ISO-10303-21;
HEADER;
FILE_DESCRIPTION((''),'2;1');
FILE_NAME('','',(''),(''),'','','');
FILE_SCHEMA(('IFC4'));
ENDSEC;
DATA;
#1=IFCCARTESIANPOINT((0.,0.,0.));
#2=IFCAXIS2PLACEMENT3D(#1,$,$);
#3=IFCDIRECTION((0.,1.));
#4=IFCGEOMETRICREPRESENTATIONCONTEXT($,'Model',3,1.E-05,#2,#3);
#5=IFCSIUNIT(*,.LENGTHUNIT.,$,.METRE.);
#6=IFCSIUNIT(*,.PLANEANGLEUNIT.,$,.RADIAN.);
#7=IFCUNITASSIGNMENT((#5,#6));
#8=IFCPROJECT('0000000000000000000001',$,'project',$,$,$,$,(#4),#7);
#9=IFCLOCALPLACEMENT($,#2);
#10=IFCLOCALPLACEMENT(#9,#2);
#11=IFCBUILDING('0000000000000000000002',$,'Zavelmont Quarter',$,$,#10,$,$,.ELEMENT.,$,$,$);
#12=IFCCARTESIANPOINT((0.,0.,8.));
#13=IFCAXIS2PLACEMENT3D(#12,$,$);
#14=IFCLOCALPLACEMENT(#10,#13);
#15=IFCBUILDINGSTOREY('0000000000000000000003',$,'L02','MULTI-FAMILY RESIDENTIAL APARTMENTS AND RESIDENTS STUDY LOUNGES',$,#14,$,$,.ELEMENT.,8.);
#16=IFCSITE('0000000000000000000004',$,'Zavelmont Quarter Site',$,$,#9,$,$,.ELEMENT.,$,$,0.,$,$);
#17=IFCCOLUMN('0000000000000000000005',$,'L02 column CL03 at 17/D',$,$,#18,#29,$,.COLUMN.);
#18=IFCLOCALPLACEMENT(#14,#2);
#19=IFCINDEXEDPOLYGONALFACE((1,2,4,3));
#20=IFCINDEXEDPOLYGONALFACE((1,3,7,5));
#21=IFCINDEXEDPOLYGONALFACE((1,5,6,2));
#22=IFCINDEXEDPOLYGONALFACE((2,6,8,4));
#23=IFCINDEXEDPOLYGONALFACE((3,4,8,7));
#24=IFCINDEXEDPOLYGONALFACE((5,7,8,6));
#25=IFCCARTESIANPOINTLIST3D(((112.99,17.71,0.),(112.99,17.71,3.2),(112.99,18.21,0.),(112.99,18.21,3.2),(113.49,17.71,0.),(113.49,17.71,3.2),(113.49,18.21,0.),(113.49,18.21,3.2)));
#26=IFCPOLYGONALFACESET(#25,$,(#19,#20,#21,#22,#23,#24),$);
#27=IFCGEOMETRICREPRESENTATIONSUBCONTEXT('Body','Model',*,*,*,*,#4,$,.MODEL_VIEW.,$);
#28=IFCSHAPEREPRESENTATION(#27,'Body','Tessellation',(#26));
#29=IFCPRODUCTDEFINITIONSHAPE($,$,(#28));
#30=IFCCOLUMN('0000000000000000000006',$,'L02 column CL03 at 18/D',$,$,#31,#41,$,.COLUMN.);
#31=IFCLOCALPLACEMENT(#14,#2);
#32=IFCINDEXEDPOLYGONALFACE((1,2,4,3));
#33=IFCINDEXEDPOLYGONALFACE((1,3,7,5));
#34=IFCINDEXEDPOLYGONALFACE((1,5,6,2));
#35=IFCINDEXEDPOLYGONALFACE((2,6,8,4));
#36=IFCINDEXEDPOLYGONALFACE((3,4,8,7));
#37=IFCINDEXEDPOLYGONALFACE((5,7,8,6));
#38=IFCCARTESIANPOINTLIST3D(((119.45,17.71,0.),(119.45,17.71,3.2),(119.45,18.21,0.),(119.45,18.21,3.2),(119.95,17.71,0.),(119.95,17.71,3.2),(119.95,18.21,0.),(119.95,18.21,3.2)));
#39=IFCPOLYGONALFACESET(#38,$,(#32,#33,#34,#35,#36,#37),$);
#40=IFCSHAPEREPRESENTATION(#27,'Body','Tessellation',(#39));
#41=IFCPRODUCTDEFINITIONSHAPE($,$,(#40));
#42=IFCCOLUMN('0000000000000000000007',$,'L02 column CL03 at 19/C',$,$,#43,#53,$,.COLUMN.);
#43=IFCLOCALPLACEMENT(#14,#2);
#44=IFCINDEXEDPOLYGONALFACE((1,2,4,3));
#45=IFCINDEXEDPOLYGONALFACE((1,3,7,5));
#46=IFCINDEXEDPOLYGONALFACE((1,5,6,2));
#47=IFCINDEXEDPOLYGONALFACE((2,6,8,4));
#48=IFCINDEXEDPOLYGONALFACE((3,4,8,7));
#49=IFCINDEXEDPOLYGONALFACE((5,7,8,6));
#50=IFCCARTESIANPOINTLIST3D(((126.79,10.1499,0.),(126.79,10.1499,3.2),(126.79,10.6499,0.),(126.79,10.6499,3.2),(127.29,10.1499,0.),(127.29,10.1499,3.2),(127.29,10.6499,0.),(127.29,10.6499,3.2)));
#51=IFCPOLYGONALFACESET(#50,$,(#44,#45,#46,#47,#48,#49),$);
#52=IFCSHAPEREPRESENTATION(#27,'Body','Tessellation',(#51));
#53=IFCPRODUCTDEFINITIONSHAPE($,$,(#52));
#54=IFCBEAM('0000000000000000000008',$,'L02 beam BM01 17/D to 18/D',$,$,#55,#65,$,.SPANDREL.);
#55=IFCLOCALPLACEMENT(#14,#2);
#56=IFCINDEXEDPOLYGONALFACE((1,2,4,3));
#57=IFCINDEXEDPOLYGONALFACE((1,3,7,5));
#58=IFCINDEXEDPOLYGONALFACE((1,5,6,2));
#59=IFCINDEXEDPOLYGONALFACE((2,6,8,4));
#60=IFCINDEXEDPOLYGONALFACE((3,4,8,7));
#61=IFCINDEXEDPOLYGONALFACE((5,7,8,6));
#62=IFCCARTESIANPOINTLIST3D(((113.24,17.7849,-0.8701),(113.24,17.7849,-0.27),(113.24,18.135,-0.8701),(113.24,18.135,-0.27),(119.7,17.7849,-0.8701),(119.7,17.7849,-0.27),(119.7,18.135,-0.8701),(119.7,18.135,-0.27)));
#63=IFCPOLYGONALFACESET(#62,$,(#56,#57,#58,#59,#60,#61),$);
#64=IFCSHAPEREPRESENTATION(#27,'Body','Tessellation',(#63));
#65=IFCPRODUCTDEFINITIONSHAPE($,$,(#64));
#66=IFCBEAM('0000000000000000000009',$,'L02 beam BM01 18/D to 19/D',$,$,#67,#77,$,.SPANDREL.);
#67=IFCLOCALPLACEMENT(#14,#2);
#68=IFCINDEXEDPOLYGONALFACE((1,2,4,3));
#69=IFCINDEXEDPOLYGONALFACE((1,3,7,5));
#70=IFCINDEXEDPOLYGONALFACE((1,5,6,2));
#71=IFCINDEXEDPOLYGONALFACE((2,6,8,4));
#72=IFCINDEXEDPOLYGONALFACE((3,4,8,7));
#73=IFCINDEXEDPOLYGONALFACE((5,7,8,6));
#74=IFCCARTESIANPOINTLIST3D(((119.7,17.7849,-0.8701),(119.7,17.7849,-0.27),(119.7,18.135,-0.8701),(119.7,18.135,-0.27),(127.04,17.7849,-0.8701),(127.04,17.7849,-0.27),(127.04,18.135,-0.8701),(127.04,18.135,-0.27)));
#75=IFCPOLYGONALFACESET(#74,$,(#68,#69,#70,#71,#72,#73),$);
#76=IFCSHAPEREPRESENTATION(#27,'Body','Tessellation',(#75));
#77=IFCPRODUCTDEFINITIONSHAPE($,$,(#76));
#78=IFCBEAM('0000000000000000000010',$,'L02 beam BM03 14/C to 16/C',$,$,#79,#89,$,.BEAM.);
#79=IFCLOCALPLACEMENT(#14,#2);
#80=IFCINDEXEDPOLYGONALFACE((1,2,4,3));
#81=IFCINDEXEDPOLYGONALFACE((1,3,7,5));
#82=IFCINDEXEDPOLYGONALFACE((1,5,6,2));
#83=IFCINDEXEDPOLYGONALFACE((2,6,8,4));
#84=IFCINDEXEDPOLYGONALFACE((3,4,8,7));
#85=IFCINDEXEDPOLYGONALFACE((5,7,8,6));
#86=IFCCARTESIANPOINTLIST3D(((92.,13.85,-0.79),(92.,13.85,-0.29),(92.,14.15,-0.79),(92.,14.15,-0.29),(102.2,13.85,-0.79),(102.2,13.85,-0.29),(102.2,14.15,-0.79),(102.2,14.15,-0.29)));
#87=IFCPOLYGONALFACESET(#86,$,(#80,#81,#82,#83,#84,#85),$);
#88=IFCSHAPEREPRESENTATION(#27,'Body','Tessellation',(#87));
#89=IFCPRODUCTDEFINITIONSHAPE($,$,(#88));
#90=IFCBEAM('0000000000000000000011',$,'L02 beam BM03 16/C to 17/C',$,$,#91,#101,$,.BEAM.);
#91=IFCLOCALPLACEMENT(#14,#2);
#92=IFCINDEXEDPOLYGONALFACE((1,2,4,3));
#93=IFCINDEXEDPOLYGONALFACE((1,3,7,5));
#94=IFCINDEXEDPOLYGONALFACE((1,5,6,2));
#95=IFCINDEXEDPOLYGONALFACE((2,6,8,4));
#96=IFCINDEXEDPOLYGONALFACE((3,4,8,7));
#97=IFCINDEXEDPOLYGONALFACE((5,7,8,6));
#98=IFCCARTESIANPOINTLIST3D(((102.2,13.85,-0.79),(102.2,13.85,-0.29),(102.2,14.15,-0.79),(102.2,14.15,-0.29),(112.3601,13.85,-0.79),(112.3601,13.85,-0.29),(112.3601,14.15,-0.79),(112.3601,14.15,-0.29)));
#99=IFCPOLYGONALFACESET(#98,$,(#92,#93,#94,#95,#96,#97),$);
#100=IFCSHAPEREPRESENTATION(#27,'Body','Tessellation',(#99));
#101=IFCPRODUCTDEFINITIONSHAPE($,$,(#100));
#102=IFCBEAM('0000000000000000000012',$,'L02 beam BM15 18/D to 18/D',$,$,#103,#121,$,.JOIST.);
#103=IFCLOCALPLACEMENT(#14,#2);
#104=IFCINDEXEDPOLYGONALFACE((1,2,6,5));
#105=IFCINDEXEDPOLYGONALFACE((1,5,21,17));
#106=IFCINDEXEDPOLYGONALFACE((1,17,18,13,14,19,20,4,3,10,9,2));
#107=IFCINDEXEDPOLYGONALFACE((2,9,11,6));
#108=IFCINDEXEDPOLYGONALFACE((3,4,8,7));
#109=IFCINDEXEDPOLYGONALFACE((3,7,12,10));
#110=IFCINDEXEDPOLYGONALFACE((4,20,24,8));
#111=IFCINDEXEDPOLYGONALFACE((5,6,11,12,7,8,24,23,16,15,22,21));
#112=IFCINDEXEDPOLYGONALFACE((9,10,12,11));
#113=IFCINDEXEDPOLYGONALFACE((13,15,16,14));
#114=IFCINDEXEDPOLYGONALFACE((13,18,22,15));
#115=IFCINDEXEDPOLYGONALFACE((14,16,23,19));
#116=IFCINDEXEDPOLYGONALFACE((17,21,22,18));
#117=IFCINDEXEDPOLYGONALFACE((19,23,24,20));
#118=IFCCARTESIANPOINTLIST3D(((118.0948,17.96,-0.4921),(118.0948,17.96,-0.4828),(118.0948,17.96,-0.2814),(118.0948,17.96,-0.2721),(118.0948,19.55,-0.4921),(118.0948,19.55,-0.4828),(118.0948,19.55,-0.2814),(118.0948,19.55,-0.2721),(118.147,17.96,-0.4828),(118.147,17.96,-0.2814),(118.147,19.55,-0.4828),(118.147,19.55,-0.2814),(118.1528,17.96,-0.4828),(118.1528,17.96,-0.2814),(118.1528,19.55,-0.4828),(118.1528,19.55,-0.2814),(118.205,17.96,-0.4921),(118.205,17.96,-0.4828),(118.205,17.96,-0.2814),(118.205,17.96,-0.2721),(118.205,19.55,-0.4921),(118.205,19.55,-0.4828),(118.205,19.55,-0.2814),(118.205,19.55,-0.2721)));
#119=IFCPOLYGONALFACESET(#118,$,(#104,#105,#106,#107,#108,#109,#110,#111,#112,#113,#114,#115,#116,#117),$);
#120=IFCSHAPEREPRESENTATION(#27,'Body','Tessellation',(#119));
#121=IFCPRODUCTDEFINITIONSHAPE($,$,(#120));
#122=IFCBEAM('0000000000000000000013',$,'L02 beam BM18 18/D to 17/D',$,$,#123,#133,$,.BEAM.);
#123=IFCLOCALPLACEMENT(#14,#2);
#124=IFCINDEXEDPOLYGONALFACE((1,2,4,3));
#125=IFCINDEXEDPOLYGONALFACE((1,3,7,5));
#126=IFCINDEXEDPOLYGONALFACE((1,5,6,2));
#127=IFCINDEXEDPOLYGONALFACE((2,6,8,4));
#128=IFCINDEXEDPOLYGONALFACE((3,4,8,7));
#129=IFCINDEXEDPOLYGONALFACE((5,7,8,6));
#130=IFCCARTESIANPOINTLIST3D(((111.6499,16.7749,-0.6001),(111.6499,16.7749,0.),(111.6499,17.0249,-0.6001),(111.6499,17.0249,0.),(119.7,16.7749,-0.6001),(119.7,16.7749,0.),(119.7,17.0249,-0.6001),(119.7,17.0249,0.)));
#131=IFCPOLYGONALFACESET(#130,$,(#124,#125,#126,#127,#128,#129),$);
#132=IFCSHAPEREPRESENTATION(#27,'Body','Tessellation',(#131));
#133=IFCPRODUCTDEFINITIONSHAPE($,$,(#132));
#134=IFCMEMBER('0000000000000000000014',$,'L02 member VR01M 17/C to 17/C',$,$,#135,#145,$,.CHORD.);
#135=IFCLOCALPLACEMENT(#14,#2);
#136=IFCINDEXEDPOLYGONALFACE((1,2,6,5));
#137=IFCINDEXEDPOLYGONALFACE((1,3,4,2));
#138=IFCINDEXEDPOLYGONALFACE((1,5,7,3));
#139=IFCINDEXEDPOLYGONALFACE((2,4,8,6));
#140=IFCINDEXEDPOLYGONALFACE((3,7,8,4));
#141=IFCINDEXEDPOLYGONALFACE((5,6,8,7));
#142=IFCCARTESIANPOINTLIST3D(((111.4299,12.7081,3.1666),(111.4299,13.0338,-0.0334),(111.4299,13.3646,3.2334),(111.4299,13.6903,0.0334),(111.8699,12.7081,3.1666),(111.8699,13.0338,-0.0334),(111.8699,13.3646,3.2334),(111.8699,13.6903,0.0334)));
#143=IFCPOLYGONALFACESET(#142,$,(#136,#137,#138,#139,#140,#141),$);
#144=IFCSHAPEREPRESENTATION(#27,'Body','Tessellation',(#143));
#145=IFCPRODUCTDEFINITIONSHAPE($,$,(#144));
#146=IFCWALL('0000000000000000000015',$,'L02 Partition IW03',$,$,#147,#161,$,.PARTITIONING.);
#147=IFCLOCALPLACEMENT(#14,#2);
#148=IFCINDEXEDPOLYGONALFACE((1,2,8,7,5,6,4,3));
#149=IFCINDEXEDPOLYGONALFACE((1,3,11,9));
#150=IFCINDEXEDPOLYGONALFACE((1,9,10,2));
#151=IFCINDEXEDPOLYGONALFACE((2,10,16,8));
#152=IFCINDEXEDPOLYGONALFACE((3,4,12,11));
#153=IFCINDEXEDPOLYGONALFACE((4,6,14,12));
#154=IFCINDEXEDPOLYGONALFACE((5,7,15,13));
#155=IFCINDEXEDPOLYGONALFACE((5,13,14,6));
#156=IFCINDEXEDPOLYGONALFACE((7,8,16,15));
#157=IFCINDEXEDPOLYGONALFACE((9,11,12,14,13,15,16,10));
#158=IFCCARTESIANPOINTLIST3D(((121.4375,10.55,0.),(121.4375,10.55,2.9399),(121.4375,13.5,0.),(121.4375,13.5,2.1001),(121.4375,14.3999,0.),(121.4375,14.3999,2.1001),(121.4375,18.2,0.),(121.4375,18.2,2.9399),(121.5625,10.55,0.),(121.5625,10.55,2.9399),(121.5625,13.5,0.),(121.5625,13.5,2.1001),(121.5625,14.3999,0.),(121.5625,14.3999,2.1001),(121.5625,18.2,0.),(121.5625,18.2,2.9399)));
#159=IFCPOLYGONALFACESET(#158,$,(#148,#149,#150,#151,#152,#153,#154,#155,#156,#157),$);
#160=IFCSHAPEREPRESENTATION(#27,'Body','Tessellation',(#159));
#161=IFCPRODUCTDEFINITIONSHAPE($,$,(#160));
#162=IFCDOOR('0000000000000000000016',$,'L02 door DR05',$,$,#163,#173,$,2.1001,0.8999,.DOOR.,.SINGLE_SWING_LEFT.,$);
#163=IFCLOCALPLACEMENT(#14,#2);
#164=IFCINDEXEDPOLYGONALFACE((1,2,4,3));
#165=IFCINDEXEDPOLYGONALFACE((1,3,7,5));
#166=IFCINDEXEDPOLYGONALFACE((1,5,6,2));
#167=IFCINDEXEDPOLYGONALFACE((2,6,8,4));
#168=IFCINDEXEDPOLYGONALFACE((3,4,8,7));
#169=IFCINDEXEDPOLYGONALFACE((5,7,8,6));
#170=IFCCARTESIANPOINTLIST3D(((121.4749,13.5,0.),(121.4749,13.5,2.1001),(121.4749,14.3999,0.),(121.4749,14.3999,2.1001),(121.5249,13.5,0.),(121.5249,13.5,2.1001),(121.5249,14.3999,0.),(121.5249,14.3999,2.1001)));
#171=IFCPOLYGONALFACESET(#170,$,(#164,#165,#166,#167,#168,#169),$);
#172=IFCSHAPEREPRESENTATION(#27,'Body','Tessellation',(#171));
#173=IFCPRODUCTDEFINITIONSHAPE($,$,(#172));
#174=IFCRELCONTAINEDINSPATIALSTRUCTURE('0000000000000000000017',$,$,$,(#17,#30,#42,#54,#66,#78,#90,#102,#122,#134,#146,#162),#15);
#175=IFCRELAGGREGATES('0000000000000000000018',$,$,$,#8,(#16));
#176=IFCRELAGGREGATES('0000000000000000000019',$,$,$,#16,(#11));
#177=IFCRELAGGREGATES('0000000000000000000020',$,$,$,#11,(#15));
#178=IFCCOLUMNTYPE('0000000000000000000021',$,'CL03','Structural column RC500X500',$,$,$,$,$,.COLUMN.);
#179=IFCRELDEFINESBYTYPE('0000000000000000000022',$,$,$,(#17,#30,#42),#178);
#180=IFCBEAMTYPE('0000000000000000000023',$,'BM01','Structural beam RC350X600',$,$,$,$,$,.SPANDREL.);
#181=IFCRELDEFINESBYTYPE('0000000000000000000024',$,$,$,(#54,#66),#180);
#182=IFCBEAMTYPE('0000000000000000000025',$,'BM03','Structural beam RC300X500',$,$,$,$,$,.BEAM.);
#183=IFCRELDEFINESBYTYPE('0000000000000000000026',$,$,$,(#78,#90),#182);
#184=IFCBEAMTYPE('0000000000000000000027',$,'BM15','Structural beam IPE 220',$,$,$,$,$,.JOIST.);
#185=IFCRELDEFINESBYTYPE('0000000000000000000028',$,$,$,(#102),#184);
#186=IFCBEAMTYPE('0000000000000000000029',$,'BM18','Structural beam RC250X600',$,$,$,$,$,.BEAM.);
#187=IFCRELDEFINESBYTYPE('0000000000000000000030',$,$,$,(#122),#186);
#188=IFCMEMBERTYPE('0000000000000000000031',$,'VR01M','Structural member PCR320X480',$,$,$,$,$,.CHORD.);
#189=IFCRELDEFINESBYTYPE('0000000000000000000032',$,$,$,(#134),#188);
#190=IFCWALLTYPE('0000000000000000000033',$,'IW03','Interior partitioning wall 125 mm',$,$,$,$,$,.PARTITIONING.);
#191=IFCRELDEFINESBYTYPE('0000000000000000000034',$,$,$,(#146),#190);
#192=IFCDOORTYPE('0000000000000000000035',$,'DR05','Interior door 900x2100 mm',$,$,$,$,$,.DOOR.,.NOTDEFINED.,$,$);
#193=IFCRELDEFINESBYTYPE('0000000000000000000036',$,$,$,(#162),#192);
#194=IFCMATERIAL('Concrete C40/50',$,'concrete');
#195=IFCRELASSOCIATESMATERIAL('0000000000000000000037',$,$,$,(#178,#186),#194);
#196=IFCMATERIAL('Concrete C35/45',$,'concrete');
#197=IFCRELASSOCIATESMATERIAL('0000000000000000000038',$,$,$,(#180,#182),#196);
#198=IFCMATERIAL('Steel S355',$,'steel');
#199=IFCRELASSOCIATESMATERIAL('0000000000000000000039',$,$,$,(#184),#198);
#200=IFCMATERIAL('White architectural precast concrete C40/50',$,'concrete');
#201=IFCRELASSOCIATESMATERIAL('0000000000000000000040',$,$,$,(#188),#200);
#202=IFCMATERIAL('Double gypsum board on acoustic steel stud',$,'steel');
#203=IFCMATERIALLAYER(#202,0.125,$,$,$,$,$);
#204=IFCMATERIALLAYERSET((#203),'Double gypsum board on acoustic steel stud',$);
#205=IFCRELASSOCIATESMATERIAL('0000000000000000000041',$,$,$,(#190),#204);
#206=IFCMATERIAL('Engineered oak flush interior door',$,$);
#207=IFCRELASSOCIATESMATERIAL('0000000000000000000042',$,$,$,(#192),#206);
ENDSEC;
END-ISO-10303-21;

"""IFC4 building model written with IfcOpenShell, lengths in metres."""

from ifc_helpers import new_model, si_unit, direction, frame, frame_2d, origin, origin_2d, place, context, subcontext, project, spatial, rectangle, i_section, extrude, material, layer, layer_set, material_profile, profile_set, type_object, element, fill, save


model = new_model("IFC4")

# Units and contexts
model_context = context("Model", 3, precision=1e-05, world=origin(), true_north=direction((0.0, 1.0)))
body_context = subcontext(model_context, "Body", "Model", "MODEL_VIEW")
ifc_project = project(units=[si_unit("LENGTHUNIT", "METRE"), si_unit("PLANEANGLEUNIT", "RADIAN")], contexts=[model_context])

# Site, building, storey
site_placement = place(None, origin())
site = spatial("IfcSite", under=ifc_project, at=site_placement, Name="Zavelmont Quarter Site", CompositionType="ELEMENT", RefElevation=0.0)
building_placement = place(site_placement, origin())
building = spatial("IfcBuilding", under=site, at=building_placement, Name="Zavelmont Quarter", CompositionType="ELEMENT")
storey_placement = place(building_placement, frame((0.0, 0.0, 8.0)))
storey = spatial("IfcBuildingStorey", under=building, at=storey_placement, Name="L02", Description="MULTI-FAMILY RESIDENTIAL APARTMENTS AND RESIDENTS STUDY LOUNGES", CompositionType="ELEMENT", Elevation=8.0)

# Columns
ifc_material_1 = material(Name="Concrete C40/50", Category="concrete")
ifc_material_profile_1 = material_profile(ifc_material_1, rectangle(XDim=0.5, YDim=0.5, at=origin_2d()), Name="RC500X500")
ifc_profile_set_1 = profile_set([ifc_material_profile_1], Name="Concrete C40/50")
column_type = type_object("IfcColumnType", Name="CL03", Description="Structural column RC500X500", PredefinedType="COLUMN", material=ifc_profile_set_1)
for number, where, z_axis, x_axis, name in (
    (1, (113.24, 17.96, 0.0), (0.0, 0.0, 1.0), (1.0, 0.0, 0.0), "L02 column CL03 at 17/D"),
    (2, (119.7, 17.96, 0.0), (0.0, 0.0, 1.0), (1.0, 0.0, 0.0), "L02 column CL03 at 18/D"),
    (3, (127.04, 10.3999, 0.0), (0.0, 0.0, 1.0), (1.0, 0.0, 0.0), "L02 column CL03 at 19/C"),
):
    element("IfcColumn", number, at=place(storey_placement, frame(where, z_axis=z_axis, x_axis=x_axis)), inside=storey, type_object=column_type, Name=name, PredefinedType="COLUMN", context=body_context, shape_type="SweptSolid", body=[
        extrude(rectangle(XDim=0.5, YDim=0.5, at=origin_2d()), origin(), (0.0, 0.0, 1.0), 3.2),
    ])

# Beams
ifc_material_2 = material(Name="Concrete C35/45", Category="concrete")
ifc_material_profile_2 = material_profile(ifc_material_2, rectangle(XDim=0.3501, YDim=0.6001, at=origin_2d()), Name="RC350X600")
ifc_profile_set_2 = profile_set([ifc_material_profile_2], Name="Concrete C35/45")
beam_type_1 = type_object("IfcBeamType", Name="BM01", Description="Structural beam RC350X600", PredefinedType="SPANDREL", material=ifc_profile_set_2)
beam_1_placement = place(storey_placement, frame((113.24, 17.96, -0.5701), z_axis=(1.0, 0.0, 0.0), x_axis=(0.0, 1.0, 0.0)))
element("IfcBeam", 4, at=beam_1_placement, inside=storey, type_object=beam_type_1, Name="L02 beam BM01 17/D to 18/D", PredefinedType="SPANDREL", context=body_context, shape_type="SweptSolid", body=[
    extrude(rectangle(XDim=0.3501, YDim=0.6001, at=origin_2d()), origin(), (0.0, 0.0, 1.0), 6.46),
])
beam_2_placement = place(storey_placement, frame((119.7, 17.96, -0.5701), z_axis=(1.0, 0.0, 0.0), x_axis=(0.0, 1.0, 0.0)))
element("IfcBeam", 5, at=beam_2_placement, inside=storey, type_object=beam_type_1, Name="L02 beam BM01 18/D to 19/D", PredefinedType="SPANDREL", context=body_context, shape_type="SweptSolid", body=[
    extrude(rectangle(XDim=0.3501, YDim=0.6001, at=origin_2d()), origin(), (0.0, 0.0, 1.0), 7.3401),
])
ifc_material_profile_3 = material_profile(ifc_material_2, rectangle(XDim=0.3, YDim=0.5, at=origin_2d()), Name="RC300X500")
ifc_profile_set_3 = profile_set([ifc_material_profile_3], Name="Concrete C35/45")
beam_type_2 = type_object("IfcBeamType", Name="BM03", Description="Structural beam RC300X500", PredefinedType="BEAM", material=ifc_profile_set_3)
beam_3_placement = place(storey_placement, frame((92.0, 14.0, -0.54), z_axis=(1.0, 0.0, 0.0), x_axis=(0.0, 1.0, 0.0)))
element("IfcBeam", 6, at=beam_3_placement, inside=storey, type_object=beam_type_2, Name="L02 beam BM03 14/C to 16/C", PredefinedType="BEAM", context=body_context, shape_type="SweptSolid", body=[
    extrude(rectangle(XDim=0.3, YDim=0.5, at=origin_2d()), origin(), (0.0, 0.0, 1.0), 10.2),
])
beam_4_placement = place(storey_placement, frame((102.2, 14.0, -0.54), z_axis=(1.0, 0.0, 0.0), x_axis=(0.0, 1.0, 0.0)))
element("IfcBeam", 7, at=beam_4_placement, inside=storey, type_object=beam_type_2, Name="L02 beam BM03 16/C to 17/C", PredefinedType="BEAM", context=body_context, shape_type="SweptSolid", body=[
    extrude(rectangle(XDim=0.3, YDim=0.5, at=origin_2d()), origin(), (0.0, 0.0, 1.0), 10.1602),
])
ifc_material_3 = material(Name="Steel S355", Category="steel")
ifc_material_profile_4 = material_profile(ifc_material_3, i_section(OverallWidth=0.1101, OverallDepth=0.22, WebThickness=0.0059, FlangeThickness=0.0093, at=origin_2d()), Name="IPE 220")
ifc_profile_set_4 = profile_set([ifc_material_profile_4], Name="Steel S355")
beam_type_3 = type_object("IfcBeamType", Name="BM15", Description="Structural beam IPE 220", PredefinedType="JOIST", material=ifc_profile_set_4)
beam_5_placement = place(storey_placement, frame((118.1499, 17.96, -0.3821), z_axis=(0.0, 1.0, 0.0), x_axis=(-1.0, 0.0, 0.0)))
element("IfcBeam", 8, at=beam_5_placement, inside=storey, type_object=beam_type_3, Name="L02 beam BM15 18/D to 18/D", PredefinedType="JOIST", context=body_context, shape_type="SweptSolid", body=[
    extrude(i_section(OverallWidth=0.1101, OverallDepth=0.22, WebThickness=0.0059, FlangeThickness=0.0093, at=origin_2d()), origin(), (0.0, 0.0, 1.0), 1.5901),
])
ifc_material_profile_5 = material_profile(ifc_material_1, rectangle(XDim=0.25, YDim=0.6001, at=origin_2d()), Name="RC250X600")
ifc_profile_set_5 = profile_set([ifc_material_profile_5], Name="Concrete C40/50")
beam_type_4 = type_object("IfcBeamType", Name="BM18", Description="Structural beam RC250X600", PredefinedType="BEAM", material=ifc_profile_set_5)
beam_6_placement = place(storey_placement, frame((119.7, 16.8999, -0.3), z_axis=(-1.0, 0.0, 0.0), x_axis=(0.0, -1.0, 0.0)))
element("IfcBeam", 9, at=beam_6_placement, inside=storey, type_object=beam_type_4, Name="L02 beam BM18 18/D to 17/D", PredefinedType="BEAM", context=body_context, shape_type="SweptSolid", body=[
    extrude(rectangle(XDim=0.25, YDim=0.6001, at=origin_2d()), origin(), (0.0, 0.0, 1.0), 8.05),
])

# Member
ifc_material_4 = material(Name="White architectural precast concrete C40/50", Category="concrete")
ifc_material_profile_6 = material_profile(ifc_material_4, rectangle(XDim=0.4399, YDim=0.6599, at=origin_2d()), Name="PCR320X480")
ifc_profile_set_6 = profile_set([ifc_material_profile_6], Name="White architectural precast concrete C40/50")
member_type = type_object("IfcMemberType", Name="VR01M", Description="Structural member PCR320X480", PredefinedType="CHORD", material=ifc_profile_set_6)
member_placement = place(storey_placement, frame((111.6499, 13.3621, 0.0), z_axis=(0.0, -0.101255, 0.994861), x_axis=(1.0, 0.0, 0.0)))
element("IfcMember", 10, at=member_placement, inside=storey, type_object=member_type, Name="L02 member VR01M 17/C to 17/C", PredefinedType="CHORD", context=body_context, shape_type="SweptSolid", body=[
    extrude(rectangle(XDim=0.4399, YDim=0.6599, at=origin_2d()), origin(), (0.0, 0.0, 1.0), 3.2166),
])

# Wall, opening, door
ifc_material_5 = material(Name="Double gypsum board on acoustic steel stud", Category="steel")
ifc_layer_1 = layer(ifc_material_5, 0.125)
ifc_layer_set_1 = layer_set([ifc_layer_1], Name="Double gypsum board on acoustic steel stud")
wall_type_1 = type_object("IfcWallType", Name="IW03", Description="Interior partitioning wall 125 mm", PredefinedType="PARTITIONING", material=ifc_layer_set_1)
wall_1_placement = place(storey_placement, frame((121.5, 10.55, 0.0), z_axis=(0.0, 0.0, 1.0), x_axis=(0.0, 1.0, 0.0)))
wall_1 = element("IfcWall", 11, at=wall_1_placement, inside=storey, type_object=wall_type_1, Name="L02 Partition IW03", PredefinedType="PARTITIONING", context=body_context, shape_type="SweptSolid", body=[
    extrude(rectangle(XDim=7.6499, YDim=0.125, at=frame_2d((3.825, 0.0))), origin(), (0.0, 0.0, 1.0), 2.9399),
])
opening_1_placement = place(wall_1_placement, frame((2.95, 0.0, 0.0)))
opening_1 = element("IfcOpeningElement", 12, at=opening_1_placement, cuts=wall_1, PredefinedType="OPENING", context=body_context, shape_type="SweptSolid", body=[
    extrude(rectangle(XDim=0.8999, YDim=2.1001, at=frame_2d((0.45, 1.05))), frame((0.0, 0.0745, 0.0), z_axis=(0.0, -1.0, 0.0), x_axis=(1.0, 0.0, 0.0)), (0.0, 0.0, 1.0), 0.1489),
])
ifc_material_6 = material(Name="Engineered oak flush interior door")
door_type_1 = type_object("IfcDoorType", Name="DR05", Description="Interior door 900x2100 mm", OperationType="NOTDEFINED", PredefinedType="DOOR", material=ifc_material_6)
door_1_placement = place(opening_1_placement, frame((0.8999, 0.0, 0.0), z_axis=(0.0, 0.0, 1.0), x_axis=(-1.0, 0.0, 0.0)))
door_1 = element("IfcDoor", 13, at=door_1_placement, inside=storey, type_object=door_type_1, Name="L02 door DR05", OperationType="SINGLE_SWING_LEFT", OverallHeight=2.1001, OverallWidth=0.8999, PredefinedType="DOOR", context=body_context, shape_type="SweptSolid", body=[
    extrude(rectangle(XDim=0.8999, YDim=2.1001, at=frame_2d((0.45, 1.05))), frame((0.0, 0.0249, 0.0), z_axis=(0.0, -1.0, 0.0), x_axis=(1.0, 0.0, 0.0)), (0.0, 0.0, 1.0), 0.05),
])
fill(opening_1, door_1)

save(model, "model.ifc")
